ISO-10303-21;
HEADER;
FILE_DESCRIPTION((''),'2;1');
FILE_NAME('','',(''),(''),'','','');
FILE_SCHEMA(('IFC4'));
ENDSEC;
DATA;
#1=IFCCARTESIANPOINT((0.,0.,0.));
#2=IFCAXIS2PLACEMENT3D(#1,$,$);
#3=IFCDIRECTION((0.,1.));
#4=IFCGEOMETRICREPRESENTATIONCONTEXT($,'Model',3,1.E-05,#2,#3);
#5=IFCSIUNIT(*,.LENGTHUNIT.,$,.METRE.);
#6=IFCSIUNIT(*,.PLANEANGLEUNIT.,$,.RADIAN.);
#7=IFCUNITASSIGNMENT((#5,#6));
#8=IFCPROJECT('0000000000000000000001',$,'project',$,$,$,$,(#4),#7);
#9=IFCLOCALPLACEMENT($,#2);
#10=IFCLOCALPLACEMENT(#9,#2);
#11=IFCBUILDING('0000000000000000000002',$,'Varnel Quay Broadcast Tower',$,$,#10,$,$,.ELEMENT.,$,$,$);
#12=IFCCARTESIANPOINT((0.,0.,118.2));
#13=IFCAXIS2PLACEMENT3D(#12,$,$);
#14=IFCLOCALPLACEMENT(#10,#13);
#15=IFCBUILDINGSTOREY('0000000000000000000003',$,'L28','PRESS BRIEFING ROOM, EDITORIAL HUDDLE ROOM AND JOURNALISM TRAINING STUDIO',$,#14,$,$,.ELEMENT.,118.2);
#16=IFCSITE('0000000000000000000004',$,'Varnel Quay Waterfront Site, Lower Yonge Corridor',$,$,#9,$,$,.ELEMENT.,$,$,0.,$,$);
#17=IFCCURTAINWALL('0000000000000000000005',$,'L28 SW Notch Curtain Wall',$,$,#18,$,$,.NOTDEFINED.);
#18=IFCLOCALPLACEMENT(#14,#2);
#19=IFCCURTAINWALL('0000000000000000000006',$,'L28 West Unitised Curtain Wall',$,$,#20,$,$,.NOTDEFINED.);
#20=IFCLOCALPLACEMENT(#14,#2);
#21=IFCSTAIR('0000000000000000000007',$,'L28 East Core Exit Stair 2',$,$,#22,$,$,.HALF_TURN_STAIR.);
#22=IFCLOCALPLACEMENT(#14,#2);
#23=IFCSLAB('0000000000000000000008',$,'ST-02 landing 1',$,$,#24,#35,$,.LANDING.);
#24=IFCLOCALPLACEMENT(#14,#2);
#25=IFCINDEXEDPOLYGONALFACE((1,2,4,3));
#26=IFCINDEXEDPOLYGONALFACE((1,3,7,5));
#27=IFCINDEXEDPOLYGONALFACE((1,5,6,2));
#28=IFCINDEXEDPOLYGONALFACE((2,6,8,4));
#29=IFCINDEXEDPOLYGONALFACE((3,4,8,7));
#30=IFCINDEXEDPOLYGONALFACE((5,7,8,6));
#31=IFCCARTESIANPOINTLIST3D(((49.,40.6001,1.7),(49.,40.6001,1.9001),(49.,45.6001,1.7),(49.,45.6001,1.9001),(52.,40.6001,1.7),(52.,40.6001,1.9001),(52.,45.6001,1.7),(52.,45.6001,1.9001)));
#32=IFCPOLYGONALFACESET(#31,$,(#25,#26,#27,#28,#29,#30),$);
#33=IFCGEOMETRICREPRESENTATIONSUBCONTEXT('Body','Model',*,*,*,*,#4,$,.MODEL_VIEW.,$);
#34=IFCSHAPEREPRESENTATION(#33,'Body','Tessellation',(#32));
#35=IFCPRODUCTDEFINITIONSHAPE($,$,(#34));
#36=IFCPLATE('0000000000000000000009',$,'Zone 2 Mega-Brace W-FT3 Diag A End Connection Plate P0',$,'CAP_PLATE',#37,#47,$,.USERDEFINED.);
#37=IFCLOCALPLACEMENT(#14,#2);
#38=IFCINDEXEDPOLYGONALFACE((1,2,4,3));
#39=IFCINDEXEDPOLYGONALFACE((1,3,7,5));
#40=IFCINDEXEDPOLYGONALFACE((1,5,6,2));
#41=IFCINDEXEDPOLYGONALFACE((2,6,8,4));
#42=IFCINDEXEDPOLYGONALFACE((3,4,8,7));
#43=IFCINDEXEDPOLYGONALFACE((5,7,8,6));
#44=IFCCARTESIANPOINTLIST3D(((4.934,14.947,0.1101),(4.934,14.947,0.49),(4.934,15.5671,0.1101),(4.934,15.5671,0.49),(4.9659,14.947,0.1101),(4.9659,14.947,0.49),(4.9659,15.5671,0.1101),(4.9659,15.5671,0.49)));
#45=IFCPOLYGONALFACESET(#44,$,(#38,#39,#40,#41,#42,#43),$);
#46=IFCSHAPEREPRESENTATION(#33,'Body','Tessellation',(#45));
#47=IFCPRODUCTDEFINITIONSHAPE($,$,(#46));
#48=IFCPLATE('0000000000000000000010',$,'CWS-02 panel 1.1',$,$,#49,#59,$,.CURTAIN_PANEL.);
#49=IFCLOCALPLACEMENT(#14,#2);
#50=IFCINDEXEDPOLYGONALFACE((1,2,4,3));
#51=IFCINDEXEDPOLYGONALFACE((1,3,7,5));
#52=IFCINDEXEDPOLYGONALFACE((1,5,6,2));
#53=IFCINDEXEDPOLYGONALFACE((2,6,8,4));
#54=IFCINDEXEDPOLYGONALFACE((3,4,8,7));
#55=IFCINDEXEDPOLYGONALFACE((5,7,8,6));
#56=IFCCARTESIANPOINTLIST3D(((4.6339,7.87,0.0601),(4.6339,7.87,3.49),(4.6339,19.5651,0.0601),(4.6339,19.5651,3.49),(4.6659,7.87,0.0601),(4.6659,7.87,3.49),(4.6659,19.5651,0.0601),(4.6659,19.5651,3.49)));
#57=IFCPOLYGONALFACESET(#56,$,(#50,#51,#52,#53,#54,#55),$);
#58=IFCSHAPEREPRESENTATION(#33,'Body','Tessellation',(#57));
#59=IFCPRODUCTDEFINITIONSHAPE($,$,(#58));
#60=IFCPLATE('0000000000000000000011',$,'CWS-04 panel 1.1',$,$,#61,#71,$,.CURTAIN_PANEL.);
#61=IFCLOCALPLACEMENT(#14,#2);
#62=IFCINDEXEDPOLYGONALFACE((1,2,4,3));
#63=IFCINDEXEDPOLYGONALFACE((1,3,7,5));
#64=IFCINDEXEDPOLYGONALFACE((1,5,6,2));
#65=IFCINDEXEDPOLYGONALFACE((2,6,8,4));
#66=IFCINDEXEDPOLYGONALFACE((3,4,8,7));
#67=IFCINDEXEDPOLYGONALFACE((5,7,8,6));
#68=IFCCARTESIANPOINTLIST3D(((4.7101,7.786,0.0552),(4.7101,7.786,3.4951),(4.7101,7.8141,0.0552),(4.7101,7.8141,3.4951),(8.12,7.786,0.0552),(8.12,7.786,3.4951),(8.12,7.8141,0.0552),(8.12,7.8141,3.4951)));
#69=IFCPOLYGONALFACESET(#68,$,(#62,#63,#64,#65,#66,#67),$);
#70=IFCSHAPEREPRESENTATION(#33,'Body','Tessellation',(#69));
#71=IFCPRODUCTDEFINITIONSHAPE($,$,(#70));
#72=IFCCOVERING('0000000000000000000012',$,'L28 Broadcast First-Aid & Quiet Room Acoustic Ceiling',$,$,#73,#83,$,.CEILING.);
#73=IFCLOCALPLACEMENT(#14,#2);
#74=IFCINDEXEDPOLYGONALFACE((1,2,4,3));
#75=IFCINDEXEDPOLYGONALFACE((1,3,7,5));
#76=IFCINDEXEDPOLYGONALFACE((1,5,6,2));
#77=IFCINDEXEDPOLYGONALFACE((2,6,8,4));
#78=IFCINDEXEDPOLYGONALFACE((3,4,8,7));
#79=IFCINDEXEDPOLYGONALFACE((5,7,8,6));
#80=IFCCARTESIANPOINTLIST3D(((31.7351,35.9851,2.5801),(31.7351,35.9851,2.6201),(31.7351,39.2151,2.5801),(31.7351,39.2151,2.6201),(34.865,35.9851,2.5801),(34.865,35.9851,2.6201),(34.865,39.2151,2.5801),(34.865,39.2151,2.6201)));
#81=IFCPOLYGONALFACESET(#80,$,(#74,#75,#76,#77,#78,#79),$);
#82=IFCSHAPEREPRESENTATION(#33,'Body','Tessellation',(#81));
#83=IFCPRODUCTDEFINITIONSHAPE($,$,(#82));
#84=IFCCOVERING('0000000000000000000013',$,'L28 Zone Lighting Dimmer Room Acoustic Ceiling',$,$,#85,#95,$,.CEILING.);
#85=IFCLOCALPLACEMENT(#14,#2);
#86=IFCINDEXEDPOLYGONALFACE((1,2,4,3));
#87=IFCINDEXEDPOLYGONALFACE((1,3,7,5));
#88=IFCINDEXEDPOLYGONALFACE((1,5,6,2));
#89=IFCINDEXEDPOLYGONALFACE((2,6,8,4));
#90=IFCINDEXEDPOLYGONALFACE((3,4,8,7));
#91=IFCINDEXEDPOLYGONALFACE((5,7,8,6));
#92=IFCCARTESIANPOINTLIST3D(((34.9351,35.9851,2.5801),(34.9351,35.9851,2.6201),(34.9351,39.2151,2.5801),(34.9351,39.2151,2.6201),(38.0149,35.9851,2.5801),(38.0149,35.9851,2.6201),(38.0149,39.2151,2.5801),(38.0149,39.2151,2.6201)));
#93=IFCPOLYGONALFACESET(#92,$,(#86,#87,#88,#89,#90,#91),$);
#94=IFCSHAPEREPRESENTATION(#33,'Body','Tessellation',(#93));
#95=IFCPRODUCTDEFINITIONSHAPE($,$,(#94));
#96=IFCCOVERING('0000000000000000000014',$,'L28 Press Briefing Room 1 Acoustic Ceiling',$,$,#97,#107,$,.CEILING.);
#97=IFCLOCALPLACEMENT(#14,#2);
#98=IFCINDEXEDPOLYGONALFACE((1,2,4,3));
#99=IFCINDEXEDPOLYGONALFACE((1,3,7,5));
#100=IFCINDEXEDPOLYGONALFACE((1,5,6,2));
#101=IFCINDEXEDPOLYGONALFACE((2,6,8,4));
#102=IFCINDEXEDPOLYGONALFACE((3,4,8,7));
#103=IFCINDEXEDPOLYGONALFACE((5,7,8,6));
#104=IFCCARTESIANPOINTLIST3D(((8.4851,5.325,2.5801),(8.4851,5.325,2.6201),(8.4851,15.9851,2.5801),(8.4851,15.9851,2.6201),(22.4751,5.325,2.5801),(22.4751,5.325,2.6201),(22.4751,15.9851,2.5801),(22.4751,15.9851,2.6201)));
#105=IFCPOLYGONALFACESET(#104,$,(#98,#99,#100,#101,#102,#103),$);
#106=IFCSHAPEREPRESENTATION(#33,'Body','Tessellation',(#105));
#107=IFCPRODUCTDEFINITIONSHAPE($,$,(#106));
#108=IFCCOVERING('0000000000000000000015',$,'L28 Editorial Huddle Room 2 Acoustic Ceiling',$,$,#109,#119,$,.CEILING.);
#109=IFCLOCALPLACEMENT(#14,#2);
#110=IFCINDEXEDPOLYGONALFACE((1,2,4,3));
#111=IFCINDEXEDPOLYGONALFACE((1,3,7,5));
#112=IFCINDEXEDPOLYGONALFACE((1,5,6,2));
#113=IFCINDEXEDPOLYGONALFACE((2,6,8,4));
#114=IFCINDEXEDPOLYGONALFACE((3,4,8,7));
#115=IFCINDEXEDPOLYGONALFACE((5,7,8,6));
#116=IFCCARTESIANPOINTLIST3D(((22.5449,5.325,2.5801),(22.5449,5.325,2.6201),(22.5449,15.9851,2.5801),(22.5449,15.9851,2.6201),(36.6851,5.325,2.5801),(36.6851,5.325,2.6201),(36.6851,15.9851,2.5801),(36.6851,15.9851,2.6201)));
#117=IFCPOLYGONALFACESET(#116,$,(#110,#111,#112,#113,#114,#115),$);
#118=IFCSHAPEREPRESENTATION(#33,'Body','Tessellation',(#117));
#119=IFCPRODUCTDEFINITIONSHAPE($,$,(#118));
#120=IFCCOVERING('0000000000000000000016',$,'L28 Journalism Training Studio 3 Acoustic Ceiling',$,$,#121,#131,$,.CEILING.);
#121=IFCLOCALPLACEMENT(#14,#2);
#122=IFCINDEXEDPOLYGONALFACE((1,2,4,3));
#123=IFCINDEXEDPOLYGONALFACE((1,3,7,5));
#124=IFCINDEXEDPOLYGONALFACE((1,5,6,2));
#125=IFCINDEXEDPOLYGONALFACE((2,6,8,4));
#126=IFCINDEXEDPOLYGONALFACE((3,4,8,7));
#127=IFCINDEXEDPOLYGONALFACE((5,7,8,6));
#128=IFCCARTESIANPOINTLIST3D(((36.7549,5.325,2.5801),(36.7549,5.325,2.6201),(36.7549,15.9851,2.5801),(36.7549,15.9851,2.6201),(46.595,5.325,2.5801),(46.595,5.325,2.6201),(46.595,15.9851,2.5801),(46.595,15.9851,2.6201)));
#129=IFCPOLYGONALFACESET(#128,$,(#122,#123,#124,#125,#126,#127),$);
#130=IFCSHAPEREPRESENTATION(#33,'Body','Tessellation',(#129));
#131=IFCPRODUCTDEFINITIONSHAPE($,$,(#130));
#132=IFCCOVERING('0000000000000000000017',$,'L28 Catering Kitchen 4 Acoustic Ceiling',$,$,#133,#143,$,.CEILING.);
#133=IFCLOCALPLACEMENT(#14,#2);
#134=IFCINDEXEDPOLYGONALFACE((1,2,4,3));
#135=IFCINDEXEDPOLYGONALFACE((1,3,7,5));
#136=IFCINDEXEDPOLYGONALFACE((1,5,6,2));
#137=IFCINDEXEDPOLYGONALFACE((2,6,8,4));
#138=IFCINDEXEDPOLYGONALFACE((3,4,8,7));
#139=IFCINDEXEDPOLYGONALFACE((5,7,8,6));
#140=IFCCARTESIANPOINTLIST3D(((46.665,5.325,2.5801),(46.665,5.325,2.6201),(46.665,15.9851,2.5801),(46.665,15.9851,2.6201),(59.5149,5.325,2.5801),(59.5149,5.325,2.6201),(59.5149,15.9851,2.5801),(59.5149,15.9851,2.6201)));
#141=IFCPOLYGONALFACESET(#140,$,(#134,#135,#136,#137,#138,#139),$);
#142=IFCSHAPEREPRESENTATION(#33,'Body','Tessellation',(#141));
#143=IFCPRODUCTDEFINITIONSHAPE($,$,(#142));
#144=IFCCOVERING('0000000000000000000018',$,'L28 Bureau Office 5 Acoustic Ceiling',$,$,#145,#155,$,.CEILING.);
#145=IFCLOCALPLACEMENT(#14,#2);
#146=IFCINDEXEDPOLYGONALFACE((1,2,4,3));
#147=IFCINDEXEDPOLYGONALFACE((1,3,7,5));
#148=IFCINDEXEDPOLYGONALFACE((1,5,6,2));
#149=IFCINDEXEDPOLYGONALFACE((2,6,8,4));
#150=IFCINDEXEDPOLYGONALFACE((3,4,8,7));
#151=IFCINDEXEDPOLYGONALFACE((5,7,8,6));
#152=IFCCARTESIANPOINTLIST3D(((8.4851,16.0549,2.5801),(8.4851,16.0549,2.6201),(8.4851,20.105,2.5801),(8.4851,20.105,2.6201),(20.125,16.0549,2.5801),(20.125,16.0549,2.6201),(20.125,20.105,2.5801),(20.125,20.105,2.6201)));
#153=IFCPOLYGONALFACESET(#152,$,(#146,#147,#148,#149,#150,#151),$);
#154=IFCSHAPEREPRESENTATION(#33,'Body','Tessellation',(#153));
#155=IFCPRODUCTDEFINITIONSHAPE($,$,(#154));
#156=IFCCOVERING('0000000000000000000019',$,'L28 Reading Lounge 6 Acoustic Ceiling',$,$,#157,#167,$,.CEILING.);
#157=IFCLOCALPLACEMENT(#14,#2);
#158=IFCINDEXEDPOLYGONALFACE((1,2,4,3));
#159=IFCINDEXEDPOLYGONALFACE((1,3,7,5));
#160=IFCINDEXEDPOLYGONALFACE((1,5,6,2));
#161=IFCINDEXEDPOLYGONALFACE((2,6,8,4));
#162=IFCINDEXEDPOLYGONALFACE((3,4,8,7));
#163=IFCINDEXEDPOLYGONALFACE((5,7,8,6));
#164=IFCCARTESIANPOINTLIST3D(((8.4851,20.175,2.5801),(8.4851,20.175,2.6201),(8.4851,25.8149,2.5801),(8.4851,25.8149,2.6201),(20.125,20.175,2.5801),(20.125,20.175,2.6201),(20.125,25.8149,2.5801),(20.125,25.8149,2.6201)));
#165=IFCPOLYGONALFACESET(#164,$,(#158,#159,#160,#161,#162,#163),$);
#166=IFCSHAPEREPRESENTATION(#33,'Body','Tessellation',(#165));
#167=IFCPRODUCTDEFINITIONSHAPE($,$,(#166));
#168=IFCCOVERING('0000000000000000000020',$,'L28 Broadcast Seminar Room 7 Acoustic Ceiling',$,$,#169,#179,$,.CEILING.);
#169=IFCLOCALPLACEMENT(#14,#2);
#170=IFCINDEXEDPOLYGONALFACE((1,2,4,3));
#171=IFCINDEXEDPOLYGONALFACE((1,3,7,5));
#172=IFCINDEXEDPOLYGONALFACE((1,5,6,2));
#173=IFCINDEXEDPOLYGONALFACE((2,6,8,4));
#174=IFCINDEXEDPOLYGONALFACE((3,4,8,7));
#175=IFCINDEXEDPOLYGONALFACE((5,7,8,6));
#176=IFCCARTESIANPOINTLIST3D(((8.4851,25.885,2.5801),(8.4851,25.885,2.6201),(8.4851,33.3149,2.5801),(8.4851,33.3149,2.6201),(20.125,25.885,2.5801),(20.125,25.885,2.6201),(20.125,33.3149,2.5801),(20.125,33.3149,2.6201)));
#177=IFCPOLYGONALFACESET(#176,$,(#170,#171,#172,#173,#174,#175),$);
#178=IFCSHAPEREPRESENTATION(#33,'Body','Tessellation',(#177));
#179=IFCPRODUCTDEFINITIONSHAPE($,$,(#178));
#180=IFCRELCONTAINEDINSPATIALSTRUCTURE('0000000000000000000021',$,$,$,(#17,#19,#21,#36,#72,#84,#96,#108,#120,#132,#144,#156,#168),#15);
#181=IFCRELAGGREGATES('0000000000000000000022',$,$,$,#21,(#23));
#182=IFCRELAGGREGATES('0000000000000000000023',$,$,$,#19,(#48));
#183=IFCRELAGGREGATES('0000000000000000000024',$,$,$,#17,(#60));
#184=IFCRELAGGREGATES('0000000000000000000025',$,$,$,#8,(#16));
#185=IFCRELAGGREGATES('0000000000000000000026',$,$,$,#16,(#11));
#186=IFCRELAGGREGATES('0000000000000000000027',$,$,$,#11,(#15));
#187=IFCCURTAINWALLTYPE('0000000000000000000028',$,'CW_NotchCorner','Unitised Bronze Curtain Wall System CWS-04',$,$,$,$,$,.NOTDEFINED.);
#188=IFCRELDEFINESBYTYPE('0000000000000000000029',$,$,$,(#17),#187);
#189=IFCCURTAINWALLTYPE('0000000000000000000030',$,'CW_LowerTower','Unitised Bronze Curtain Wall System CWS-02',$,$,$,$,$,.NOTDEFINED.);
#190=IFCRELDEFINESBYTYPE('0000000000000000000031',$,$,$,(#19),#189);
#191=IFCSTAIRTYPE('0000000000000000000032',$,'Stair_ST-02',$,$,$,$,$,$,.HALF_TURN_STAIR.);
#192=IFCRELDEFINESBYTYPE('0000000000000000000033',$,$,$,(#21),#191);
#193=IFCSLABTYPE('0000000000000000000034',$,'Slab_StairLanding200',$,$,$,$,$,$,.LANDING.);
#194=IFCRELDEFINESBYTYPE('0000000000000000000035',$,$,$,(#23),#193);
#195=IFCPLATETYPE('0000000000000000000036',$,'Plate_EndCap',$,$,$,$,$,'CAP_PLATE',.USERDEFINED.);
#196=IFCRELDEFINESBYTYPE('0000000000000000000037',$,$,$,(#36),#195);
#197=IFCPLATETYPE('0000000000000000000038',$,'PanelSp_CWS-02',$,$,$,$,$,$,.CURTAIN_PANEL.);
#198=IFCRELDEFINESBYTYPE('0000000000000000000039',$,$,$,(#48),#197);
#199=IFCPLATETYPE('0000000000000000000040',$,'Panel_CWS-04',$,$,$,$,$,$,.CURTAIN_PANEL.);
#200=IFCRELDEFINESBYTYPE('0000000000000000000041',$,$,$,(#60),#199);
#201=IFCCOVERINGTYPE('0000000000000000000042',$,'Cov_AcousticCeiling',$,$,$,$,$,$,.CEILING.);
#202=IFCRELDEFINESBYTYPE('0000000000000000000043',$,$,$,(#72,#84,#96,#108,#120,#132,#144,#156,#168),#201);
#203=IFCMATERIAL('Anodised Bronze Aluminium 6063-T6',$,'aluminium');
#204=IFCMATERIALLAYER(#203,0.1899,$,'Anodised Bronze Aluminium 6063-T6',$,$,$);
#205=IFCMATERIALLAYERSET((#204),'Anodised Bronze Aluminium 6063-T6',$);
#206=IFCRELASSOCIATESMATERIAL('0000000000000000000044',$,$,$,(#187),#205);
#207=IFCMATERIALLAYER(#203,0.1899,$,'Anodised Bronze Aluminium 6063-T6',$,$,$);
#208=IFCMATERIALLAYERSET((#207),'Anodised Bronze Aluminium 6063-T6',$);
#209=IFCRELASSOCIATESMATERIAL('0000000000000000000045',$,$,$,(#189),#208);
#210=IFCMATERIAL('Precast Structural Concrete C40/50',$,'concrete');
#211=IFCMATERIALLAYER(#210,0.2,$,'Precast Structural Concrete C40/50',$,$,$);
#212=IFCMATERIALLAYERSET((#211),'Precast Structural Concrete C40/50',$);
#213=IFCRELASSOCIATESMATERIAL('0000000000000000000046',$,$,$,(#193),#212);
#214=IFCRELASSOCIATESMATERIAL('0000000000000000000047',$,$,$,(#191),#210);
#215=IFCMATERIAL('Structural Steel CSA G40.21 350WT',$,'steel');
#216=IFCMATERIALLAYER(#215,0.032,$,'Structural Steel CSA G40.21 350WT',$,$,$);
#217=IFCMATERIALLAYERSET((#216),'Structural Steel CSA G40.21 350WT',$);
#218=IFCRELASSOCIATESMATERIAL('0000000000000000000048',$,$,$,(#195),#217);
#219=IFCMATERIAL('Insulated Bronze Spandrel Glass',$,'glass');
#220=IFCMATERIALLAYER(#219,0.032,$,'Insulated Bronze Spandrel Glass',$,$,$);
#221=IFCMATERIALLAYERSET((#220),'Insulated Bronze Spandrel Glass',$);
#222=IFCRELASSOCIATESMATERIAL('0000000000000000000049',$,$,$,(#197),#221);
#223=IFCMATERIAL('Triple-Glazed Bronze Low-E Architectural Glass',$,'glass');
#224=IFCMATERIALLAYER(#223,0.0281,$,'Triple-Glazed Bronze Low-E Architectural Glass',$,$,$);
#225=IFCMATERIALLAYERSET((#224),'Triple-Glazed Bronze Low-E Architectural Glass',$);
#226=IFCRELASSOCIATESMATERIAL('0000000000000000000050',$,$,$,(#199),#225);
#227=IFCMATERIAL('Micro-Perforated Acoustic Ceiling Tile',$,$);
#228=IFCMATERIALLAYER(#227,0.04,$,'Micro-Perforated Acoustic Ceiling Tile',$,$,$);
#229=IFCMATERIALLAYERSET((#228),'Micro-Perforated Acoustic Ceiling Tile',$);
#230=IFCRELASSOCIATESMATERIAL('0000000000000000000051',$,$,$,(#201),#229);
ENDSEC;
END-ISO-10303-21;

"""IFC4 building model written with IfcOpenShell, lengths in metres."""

from ifc_helpers import new_model, si_unit, direction, frame, origin, origin_2d, place, context, subcontext, project, spatial, polyline, rectangle, outline, extrude, source, transform, mapped, material, layer, layer_set, type_object, type_shapes, element, aggregate, save


model = new_model("IFC4")

# Units and contexts
model_context = context("Model", 3, precision=1e-05, world=origin(), true_north=direction((0.0, 1.0)))
body_context = subcontext(model_context, "Body", "Model", "MODEL_VIEW")
ifc_project = project(units=[si_unit("LENGTHUNIT", "METRE"), si_unit("PLANEANGLEUNIT", "RADIAN")], contexts=[model_context])

# Site, building, storey
site_placement = place(None, origin())
site = spatial("IfcSite", under=ifc_project, at=site_placement, Name="Varnel Quay Waterfront Site, Lower Yonge Corridor", CompositionType="ELEMENT", RefElevation=0.0)
building_placement = place(site_placement, origin())
building = spatial("IfcBuilding", under=site, at=building_placement, Name="Varnel Quay Broadcast Tower", CompositionType="ELEMENT")
storey_placement = place(building_placement, frame((0.0, 0.0, 118.2)))
storey = spatial("IfcBuildingStorey", under=building, at=storey_placement, Name="L28", Description="PRESS BRIEFING ROOM, EDITORIAL HUDDLE ROOM AND JOURNALISM TRAINING STUDIO", CompositionType="ELEMENT", Elevation=118.2)

# Shared definitions
ifc_material_1 = material(Name="Structural Steel CSA G40.21 350WT", Category="steel")

# Curtain walls
ifc_material_2 = material(Name="Anodised Bronze Aluminium 6063-T6", Category="aluminium")
ifc_layer_1 = layer(ifc_material_2, 0.1899, Name="Anodised Bronze Aluminium 6063-T6")
ifc_layer_set_1 = layer_set([ifc_layer_1], Name="Anodised Bronze Aluminium 6063-T6")
curtain_wall_type_1 = type_object("IfcCurtainWallType", Name="CW_NotchCorner", Description="Unitised Bronze Curtain Wall System CWS-04", PredefinedType="NOTDEFINED", material=ifc_layer_set_1)
curtain_wall_1_placement = place(storey_placement, origin())
curtain_wall_1 = element("IfcCurtainWall", 1, at=curtain_wall_1_placement, inside=storey, type_object=curtain_wall_type_1, Name="L28 SW Notch Curtain Wall", PredefinedType="NOTDEFINED")
ifc_layer_2 = layer(ifc_material_2, 0.1899, Name="Anodised Bronze Aluminium 6063-T6")
ifc_layer_set_2 = layer_set([ifc_layer_2], Name="Anodised Bronze Aluminium 6063-T6")
curtain_wall_type_2 = type_object("IfcCurtainWallType", Name="CW_LowerTower", Description="Unitised Bronze Curtain Wall System CWS-02", PredefinedType="NOTDEFINED", material=ifc_layer_set_2)
curtain_wall_2_placement = place(storey_placement, origin())
curtain_wall_2 = element("IfcCurtainWall", 2, at=curtain_wall_2_placement, inside=storey, type_object=curtain_wall_type_2, Name="L28 West Unitised Curtain Wall", PredefinedType="NOTDEFINED")

# Stair, slab
ifc_material_3 = material(Name="Precast Structural Concrete C40/50", Category="concrete")
ifc_layer_3 = layer(ifc_material_3, 0.2, Name="Precast Structural Concrete C40/50")
ifc_layer_set_3 = layer_set([ifc_layer_3], Name="Precast Structural Concrete C40/50")
slab_type_1 = type_object("IfcSlabType", Name="Slab_StairLanding200", PredefinedType="LANDING", material=ifc_layer_set_3)
stair_type_1 = type_object("IfcStairType", Name="Stair_ST-02", PredefinedType="HALF_TURN_STAIR", material=ifc_material_3)
stair_1_placement = place(storey_placement, origin())
stair_1 = element("IfcStair", 3, at=stair_1_placement, inside=storey, type_object=stair_type_1, Name="L28 East Core Exit Stair 2", PredefinedType="HALF_TURN_STAIR")
slab_1_placement = place(storey_placement, frame((0.0, 0.0, 1.7)))
slab_1 = element("IfcSlab", 4, at=slab_1_placement, type_object=slab_type_1, Name="ST-02 landing 1", PredefinedType="LANDING", context=body_context, shape_type="SweptSolid", body=[
    extrude(outline(polyline([(52.0, 40.6001), (52.0, 45.6001), (49.0, 45.6001), (49.0, 40.6001), (52.0, 40.6001)])), origin(), (0.0, 0.0, 1.0), 0.2002),
])
aggregate(stair_1, [slab_1])

# Plates
ifc_layer_4 = layer(ifc_material_1, 0.032, Name="Structural Steel CSA G40.21 350WT")
ifc_layer_set_4 = layer_set([ifc_layer_4], Name="Structural Steel CSA G40.21 350WT")
plate_type_1 = type_object("IfcPlateType", Name="Plate_EndCap", ElementType="CAP_PLATE", PredefinedType="USERDEFINED", material=ifc_layer_set_4)
shared_shape_1 = source(origin(), body_context, "Body", "SweptSolid", [
    extrude(rectangle(XDim=0.6201, YDim=0.032, at=origin_2d()), origin(), (0.0, 0.0, 1.0), 0.3799),
])
type_shapes(plate_type_1, [shared_shape_1])
plate_1_placement = place(storey_placement, frame((4.95, 15.2571, 0.1101), z_axis=(0.0, 0.0, 1.0), x_axis=(0.0, 1.0, 0.0)))
element("IfcPlate", 5, at=plate_1_placement, inside=storey, type_object=plate_type_1, Name="Zone 2 Mega-Brace W-FT3 Diag A End Connection Plate P0", ObjectType="CAP_PLATE", PredefinedType="USERDEFINED", context=body_context, shape_type="MappedRepresentation", body=[
    mapped(shared_shape_1, transform((0.0, 0.0, 0.0), x_axis=(1.0, 0.0, 0.0), y_axis=(0.0, 1.0, 0.0), z_axis=(0.0, 0.0, 1.0), scale=1.0)),
])
ifc_material_4 = material(Name="Insulated Bronze Spandrel Glass", Category="glass")
ifc_layer_5 = layer(ifc_material_4, 0.032, Name="Insulated Bronze Spandrel Glass")
ifc_layer_set_5 = layer_set([ifc_layer_5], Name="Insulated Bronze Spandrel Glass")
plate_type_2 = type_object("IfcPlateType", Name="PanelSp_CWS-02", PredefinedType="CURTAIN_PANEL", material=ifc_layer_set_5)
shared_shape_2 = source(origin(), body_context, "Body", "SweptSolid", [
    extrude(rectangle(XDim=11.6951, YDim=0.032, at=origin_2d()), origin(), (0.0, 0.0, 1.0), 3.4299),
])
type_shapes(plate_type_2, [shared_shape_2])
plate_2_placement = place(storey_placement, frame((4.6499, 13.7175, 0.0601), z_axis=(0.0, 0.0, 1.0), x_axis=(0.0, 1.0, 0.0)))
plate_2 = element("IfcPlate", 6, at=plate_2_placement, type_object=plate_type_2, Name="CWS-02 panel 1.1", PredefinedType="CURTAIN_PANEL", context=body_context, shape_type="MappedRepresentation", body=[
    mapped(shared_shape_2, transform((0.0, 0.0, 0.0), x_axis=(1.0, 0.0, 0.0), y_axis=(0.0, 1.0, 0.0), z_axis=(0.0, 0.0, 1.0), scale=1.0)),
])
aggregate(curtain_wall_2, [plate_2])
ifc_material_5 = material(Name="Triple-Glazed Bronze Low-E Architectural Glass", Category="glass")
ifc_layer_6 = layer(ifc_material_5, 0.0281, Name="Triple-Glazed Bronze Low-E Architectural Glass")
ifc_layer_set_6 = layer_set([ifc_layer_6], Name="Triple-Glazed Bronze Low-E Architectural Glass")
plate_type_3 = type_object("IfcPlateType", Name="Panel_CWS-04", PredefinedType="CURTAIN_PANEL", material=ifc_layer_set_6)
shared_shape_3 = source(origin(), body_context, "Body", "SweptSolid", [
    extrude(rectangle(XDim=3.4099, YDim=0.0281, at=origin_2d()), origin(), (0.0, 0.0, 1.0), 3.4399),
])
type_shapes(plate_type_3, [shared_shape_3])
plate_3_placement = place(storey_placement, frame((6.415, 7.8, 0.0552), z_axis=(0.0, 0.0, 1.0), x_axis=(1.0, 0.0, 0.0)))
plate_3 = element("IfcPlate", 7, at=plate_3_placement, type_object=plate_type_3, Name="CWS-04 panel 1.1", PredefinedType="CURTAIN_PANEL", context=body_context, shape_type="MappedRepresentation", body=[
    mapped(shared_shape_3, transform((0.0, 0.0, 0.0), x_axis=(1.0, 0.0, 0.0), y_axis=(0.0, 1.0, 0.0), z_axis=(0.0, 0.0, 1.0), scale=1.0)),
])
aggregate(curtain_wall_1, [plate_3])

# Coverings
ifc_material_6 = material(Name="Micro-Perforated Acoustic Ceiling Tile")
ifc_layer_7 = layer(ifc_material_6, 0.04, Name="Micro-Perforated Acoustic Ceiling Tile")
ifc_layer_set_7 = layer_set([ifc_layer_7], Name="Micro-Perforated Acoustic Ceiling Tile")
covering_type_1 = type_object("IfcCoveringType", Name="Cov_AcousticCeiling", PredefinedType="CEILING", material=ifc_layer_set_7)
covering_1_placement = place(storey_placement, frame((0.0, 0.0, 2.5801)))
element("IfcCovering", 8, at=covering_1_placement, inside=storey, type_object=covering_type_1, Name="L28 Broadcast First-Aid & Quiet Room Acoustic Ceiling", PredefinedType="CEILING", context=body_context, shape_type="SweptSolid", body=[
    extrude(outline(polyline([(31.7351, 35.9851), (34.865, 35.9851), (34.865, 39.2151), (31.7351, 39.2151), (31.7351, 35.9851)])), origin(), (0.0, 0.0, 1.0), 0.04),
])
covering_2_placement = place(storey_placement, frame((0.0, 0.0, 2.5801)))
element("IfcCovering", 9, at=covering_2_placement, inside=storey, type_object=covering_type_1, Name="L28 Zone Lighting Dimmer Room Acoustic Ceiling", PredefinedType="CEILING", context=body_context, shape_type="SweptSolid", body=[
    extrude(outline(polyline([(34.9351, 35.9851), (38.0149, 35.9851), (38.0149, 39.2151), (34.9351, 39.2151), (34.9351, 35.9851)])), origin(), (0.0, 0.0, 1.0), 0.04),
])
covering_3_placement = place(storey_placement, frame((0.0, 0.0, 2.5801)))
element("IfcCovering", 10, at=covering_3_placement, inside=storey, type_object=covering_type_1, Name="L28 Press Briefing Room 1 Acoustic Ceiling", PredefinedType="CEILING", context=body_context, shape_type="SweptSolid", body=[
    extrude(outline(polyline([(8.4851, 5.325), (22.4751, 5.325), (22.4751, 15.9851), (8.4851, 15.9851), (8.4851, 5.325)])), origin(), (0.0, 0.0, 1.0), 0.04),
])
covering_4_placement = place(storey_placement, frame((0.0, 0.0, 2.5801)))
element("IfcCovering", 11, at=covering_4_placement, inside=storey, type_object=covering_type_1, Name="L28 Editorial Huddle Room 2 Acoustic Ceiling", PredefinedType="CEILING", context=body_context, shape_type="SweptSolid", body=[
    extrude(outline(polyline([(22.5449, 5.325), (36.6851, 5.325), (36.6851, 15.9851), (22.5449, 15.9851), (22.5449, 5.325)])), origin(), (0.0, 0.0, 1.0), 0.04),
])
covering_5_placement = place(storey_placement, frame((0.0, 0.0, 2.5801)))
element("IfcCovering", 12, at=covering_5_placement, inside=storey, type_object=covering_type_1, Name="L28 Journalism Training Studio 3 Acoustic Ceiling", PredefinedType="CEILING", context=body_context, shape_type="SweptSolid", body=[
    extrude(outline(polyline([(36.7549, 5.325), (46.595, 5.325), (46.595, 15.9851), (36.7549, 15.9851), (36.7549, 5.325)])), origin(), (0.0, 0.0, 1.0), 0.04),
])
covering_6_placement = place(storey_placement, frame((0.0, 0.0, 2.5801)))
element("IfcCovering", 13, at=covering_6_placement, inside=storey, type_object=covering_type_1, Name="L28 Catering Kitchen 4 Acoustic Ceiling", PredefinedType="CEILING", context=body_context, shape_type="SweptSolid", body=[
    extrude(outline(polyline([(46.665, 5.325), (59.5149, 5.325), (59.5149, 15.9851), (46.665, 15.9851), (46.665, 5.325)])), origin(), (0.0, 0.0, 1.0), 0.04),
])
covering_7_placement = place(storey_placement, frame((0.0, 0.0, 2.5801)))
element("IfcCovering", 14, at=covering_7_placement, inside=storey, type_object=covering_type_1, Name="L28 Bureau Office 5 Acoustic Ceiling", PredefinedType="CEILING", context=body_context, shape_type="SweptSolid", body=[
    extrude(outline(polyline([(8.4851, 16.0549), (20.125, 16.0549), (20.125, 20.105), (8.4851, 20.105), (8.4851, 16.0549)])), origin(), (0.0, 0.0, 1.0), 0.04),
])
covering_8_placement = place(storey_placement, frame((0.0, 0.0, 2.5801)))
element("IfcCovering", 15, at=covering_8_placement, inside=storey, type_object=covering_type_1, Name="L28 Reading Lounge 6 Acoustic Ceiling", PredefinedType="CEILING", context=body_context, shape_type="SweptSolid", body=[
    extrude(outline(polyline([(8.4851, 20.175), (20.125, 20.175), (20.125, 25.8149), (8.4851, 25.8149), (8.4851, 20.175)])), origin(), (0.0, 0.0, 1.0), 0.04),
])
covering_9_placement = place(storey_placement, frame((0.0, 0.0, 2.5801)))
element("IfcCovering", 16, at=covering_9_placement, inside=storey, type_object=covering_type_1, Name="L28 Broadcast Seminar Room 7 Acoustic Ceiling", PredefinedType="CEILING", context=body_context, shape_type="SweptSolid", body=[
    extrude(outline(polyline([(8.4851, 25.885), (20.125, 25.885), (20.125, 33.3149), (8.4851, 33.3149), (8.4851, 25.885)])), origin(), (0.0, 0.0, 1.0), 0.04),
])

save(model, "model.ifc")
